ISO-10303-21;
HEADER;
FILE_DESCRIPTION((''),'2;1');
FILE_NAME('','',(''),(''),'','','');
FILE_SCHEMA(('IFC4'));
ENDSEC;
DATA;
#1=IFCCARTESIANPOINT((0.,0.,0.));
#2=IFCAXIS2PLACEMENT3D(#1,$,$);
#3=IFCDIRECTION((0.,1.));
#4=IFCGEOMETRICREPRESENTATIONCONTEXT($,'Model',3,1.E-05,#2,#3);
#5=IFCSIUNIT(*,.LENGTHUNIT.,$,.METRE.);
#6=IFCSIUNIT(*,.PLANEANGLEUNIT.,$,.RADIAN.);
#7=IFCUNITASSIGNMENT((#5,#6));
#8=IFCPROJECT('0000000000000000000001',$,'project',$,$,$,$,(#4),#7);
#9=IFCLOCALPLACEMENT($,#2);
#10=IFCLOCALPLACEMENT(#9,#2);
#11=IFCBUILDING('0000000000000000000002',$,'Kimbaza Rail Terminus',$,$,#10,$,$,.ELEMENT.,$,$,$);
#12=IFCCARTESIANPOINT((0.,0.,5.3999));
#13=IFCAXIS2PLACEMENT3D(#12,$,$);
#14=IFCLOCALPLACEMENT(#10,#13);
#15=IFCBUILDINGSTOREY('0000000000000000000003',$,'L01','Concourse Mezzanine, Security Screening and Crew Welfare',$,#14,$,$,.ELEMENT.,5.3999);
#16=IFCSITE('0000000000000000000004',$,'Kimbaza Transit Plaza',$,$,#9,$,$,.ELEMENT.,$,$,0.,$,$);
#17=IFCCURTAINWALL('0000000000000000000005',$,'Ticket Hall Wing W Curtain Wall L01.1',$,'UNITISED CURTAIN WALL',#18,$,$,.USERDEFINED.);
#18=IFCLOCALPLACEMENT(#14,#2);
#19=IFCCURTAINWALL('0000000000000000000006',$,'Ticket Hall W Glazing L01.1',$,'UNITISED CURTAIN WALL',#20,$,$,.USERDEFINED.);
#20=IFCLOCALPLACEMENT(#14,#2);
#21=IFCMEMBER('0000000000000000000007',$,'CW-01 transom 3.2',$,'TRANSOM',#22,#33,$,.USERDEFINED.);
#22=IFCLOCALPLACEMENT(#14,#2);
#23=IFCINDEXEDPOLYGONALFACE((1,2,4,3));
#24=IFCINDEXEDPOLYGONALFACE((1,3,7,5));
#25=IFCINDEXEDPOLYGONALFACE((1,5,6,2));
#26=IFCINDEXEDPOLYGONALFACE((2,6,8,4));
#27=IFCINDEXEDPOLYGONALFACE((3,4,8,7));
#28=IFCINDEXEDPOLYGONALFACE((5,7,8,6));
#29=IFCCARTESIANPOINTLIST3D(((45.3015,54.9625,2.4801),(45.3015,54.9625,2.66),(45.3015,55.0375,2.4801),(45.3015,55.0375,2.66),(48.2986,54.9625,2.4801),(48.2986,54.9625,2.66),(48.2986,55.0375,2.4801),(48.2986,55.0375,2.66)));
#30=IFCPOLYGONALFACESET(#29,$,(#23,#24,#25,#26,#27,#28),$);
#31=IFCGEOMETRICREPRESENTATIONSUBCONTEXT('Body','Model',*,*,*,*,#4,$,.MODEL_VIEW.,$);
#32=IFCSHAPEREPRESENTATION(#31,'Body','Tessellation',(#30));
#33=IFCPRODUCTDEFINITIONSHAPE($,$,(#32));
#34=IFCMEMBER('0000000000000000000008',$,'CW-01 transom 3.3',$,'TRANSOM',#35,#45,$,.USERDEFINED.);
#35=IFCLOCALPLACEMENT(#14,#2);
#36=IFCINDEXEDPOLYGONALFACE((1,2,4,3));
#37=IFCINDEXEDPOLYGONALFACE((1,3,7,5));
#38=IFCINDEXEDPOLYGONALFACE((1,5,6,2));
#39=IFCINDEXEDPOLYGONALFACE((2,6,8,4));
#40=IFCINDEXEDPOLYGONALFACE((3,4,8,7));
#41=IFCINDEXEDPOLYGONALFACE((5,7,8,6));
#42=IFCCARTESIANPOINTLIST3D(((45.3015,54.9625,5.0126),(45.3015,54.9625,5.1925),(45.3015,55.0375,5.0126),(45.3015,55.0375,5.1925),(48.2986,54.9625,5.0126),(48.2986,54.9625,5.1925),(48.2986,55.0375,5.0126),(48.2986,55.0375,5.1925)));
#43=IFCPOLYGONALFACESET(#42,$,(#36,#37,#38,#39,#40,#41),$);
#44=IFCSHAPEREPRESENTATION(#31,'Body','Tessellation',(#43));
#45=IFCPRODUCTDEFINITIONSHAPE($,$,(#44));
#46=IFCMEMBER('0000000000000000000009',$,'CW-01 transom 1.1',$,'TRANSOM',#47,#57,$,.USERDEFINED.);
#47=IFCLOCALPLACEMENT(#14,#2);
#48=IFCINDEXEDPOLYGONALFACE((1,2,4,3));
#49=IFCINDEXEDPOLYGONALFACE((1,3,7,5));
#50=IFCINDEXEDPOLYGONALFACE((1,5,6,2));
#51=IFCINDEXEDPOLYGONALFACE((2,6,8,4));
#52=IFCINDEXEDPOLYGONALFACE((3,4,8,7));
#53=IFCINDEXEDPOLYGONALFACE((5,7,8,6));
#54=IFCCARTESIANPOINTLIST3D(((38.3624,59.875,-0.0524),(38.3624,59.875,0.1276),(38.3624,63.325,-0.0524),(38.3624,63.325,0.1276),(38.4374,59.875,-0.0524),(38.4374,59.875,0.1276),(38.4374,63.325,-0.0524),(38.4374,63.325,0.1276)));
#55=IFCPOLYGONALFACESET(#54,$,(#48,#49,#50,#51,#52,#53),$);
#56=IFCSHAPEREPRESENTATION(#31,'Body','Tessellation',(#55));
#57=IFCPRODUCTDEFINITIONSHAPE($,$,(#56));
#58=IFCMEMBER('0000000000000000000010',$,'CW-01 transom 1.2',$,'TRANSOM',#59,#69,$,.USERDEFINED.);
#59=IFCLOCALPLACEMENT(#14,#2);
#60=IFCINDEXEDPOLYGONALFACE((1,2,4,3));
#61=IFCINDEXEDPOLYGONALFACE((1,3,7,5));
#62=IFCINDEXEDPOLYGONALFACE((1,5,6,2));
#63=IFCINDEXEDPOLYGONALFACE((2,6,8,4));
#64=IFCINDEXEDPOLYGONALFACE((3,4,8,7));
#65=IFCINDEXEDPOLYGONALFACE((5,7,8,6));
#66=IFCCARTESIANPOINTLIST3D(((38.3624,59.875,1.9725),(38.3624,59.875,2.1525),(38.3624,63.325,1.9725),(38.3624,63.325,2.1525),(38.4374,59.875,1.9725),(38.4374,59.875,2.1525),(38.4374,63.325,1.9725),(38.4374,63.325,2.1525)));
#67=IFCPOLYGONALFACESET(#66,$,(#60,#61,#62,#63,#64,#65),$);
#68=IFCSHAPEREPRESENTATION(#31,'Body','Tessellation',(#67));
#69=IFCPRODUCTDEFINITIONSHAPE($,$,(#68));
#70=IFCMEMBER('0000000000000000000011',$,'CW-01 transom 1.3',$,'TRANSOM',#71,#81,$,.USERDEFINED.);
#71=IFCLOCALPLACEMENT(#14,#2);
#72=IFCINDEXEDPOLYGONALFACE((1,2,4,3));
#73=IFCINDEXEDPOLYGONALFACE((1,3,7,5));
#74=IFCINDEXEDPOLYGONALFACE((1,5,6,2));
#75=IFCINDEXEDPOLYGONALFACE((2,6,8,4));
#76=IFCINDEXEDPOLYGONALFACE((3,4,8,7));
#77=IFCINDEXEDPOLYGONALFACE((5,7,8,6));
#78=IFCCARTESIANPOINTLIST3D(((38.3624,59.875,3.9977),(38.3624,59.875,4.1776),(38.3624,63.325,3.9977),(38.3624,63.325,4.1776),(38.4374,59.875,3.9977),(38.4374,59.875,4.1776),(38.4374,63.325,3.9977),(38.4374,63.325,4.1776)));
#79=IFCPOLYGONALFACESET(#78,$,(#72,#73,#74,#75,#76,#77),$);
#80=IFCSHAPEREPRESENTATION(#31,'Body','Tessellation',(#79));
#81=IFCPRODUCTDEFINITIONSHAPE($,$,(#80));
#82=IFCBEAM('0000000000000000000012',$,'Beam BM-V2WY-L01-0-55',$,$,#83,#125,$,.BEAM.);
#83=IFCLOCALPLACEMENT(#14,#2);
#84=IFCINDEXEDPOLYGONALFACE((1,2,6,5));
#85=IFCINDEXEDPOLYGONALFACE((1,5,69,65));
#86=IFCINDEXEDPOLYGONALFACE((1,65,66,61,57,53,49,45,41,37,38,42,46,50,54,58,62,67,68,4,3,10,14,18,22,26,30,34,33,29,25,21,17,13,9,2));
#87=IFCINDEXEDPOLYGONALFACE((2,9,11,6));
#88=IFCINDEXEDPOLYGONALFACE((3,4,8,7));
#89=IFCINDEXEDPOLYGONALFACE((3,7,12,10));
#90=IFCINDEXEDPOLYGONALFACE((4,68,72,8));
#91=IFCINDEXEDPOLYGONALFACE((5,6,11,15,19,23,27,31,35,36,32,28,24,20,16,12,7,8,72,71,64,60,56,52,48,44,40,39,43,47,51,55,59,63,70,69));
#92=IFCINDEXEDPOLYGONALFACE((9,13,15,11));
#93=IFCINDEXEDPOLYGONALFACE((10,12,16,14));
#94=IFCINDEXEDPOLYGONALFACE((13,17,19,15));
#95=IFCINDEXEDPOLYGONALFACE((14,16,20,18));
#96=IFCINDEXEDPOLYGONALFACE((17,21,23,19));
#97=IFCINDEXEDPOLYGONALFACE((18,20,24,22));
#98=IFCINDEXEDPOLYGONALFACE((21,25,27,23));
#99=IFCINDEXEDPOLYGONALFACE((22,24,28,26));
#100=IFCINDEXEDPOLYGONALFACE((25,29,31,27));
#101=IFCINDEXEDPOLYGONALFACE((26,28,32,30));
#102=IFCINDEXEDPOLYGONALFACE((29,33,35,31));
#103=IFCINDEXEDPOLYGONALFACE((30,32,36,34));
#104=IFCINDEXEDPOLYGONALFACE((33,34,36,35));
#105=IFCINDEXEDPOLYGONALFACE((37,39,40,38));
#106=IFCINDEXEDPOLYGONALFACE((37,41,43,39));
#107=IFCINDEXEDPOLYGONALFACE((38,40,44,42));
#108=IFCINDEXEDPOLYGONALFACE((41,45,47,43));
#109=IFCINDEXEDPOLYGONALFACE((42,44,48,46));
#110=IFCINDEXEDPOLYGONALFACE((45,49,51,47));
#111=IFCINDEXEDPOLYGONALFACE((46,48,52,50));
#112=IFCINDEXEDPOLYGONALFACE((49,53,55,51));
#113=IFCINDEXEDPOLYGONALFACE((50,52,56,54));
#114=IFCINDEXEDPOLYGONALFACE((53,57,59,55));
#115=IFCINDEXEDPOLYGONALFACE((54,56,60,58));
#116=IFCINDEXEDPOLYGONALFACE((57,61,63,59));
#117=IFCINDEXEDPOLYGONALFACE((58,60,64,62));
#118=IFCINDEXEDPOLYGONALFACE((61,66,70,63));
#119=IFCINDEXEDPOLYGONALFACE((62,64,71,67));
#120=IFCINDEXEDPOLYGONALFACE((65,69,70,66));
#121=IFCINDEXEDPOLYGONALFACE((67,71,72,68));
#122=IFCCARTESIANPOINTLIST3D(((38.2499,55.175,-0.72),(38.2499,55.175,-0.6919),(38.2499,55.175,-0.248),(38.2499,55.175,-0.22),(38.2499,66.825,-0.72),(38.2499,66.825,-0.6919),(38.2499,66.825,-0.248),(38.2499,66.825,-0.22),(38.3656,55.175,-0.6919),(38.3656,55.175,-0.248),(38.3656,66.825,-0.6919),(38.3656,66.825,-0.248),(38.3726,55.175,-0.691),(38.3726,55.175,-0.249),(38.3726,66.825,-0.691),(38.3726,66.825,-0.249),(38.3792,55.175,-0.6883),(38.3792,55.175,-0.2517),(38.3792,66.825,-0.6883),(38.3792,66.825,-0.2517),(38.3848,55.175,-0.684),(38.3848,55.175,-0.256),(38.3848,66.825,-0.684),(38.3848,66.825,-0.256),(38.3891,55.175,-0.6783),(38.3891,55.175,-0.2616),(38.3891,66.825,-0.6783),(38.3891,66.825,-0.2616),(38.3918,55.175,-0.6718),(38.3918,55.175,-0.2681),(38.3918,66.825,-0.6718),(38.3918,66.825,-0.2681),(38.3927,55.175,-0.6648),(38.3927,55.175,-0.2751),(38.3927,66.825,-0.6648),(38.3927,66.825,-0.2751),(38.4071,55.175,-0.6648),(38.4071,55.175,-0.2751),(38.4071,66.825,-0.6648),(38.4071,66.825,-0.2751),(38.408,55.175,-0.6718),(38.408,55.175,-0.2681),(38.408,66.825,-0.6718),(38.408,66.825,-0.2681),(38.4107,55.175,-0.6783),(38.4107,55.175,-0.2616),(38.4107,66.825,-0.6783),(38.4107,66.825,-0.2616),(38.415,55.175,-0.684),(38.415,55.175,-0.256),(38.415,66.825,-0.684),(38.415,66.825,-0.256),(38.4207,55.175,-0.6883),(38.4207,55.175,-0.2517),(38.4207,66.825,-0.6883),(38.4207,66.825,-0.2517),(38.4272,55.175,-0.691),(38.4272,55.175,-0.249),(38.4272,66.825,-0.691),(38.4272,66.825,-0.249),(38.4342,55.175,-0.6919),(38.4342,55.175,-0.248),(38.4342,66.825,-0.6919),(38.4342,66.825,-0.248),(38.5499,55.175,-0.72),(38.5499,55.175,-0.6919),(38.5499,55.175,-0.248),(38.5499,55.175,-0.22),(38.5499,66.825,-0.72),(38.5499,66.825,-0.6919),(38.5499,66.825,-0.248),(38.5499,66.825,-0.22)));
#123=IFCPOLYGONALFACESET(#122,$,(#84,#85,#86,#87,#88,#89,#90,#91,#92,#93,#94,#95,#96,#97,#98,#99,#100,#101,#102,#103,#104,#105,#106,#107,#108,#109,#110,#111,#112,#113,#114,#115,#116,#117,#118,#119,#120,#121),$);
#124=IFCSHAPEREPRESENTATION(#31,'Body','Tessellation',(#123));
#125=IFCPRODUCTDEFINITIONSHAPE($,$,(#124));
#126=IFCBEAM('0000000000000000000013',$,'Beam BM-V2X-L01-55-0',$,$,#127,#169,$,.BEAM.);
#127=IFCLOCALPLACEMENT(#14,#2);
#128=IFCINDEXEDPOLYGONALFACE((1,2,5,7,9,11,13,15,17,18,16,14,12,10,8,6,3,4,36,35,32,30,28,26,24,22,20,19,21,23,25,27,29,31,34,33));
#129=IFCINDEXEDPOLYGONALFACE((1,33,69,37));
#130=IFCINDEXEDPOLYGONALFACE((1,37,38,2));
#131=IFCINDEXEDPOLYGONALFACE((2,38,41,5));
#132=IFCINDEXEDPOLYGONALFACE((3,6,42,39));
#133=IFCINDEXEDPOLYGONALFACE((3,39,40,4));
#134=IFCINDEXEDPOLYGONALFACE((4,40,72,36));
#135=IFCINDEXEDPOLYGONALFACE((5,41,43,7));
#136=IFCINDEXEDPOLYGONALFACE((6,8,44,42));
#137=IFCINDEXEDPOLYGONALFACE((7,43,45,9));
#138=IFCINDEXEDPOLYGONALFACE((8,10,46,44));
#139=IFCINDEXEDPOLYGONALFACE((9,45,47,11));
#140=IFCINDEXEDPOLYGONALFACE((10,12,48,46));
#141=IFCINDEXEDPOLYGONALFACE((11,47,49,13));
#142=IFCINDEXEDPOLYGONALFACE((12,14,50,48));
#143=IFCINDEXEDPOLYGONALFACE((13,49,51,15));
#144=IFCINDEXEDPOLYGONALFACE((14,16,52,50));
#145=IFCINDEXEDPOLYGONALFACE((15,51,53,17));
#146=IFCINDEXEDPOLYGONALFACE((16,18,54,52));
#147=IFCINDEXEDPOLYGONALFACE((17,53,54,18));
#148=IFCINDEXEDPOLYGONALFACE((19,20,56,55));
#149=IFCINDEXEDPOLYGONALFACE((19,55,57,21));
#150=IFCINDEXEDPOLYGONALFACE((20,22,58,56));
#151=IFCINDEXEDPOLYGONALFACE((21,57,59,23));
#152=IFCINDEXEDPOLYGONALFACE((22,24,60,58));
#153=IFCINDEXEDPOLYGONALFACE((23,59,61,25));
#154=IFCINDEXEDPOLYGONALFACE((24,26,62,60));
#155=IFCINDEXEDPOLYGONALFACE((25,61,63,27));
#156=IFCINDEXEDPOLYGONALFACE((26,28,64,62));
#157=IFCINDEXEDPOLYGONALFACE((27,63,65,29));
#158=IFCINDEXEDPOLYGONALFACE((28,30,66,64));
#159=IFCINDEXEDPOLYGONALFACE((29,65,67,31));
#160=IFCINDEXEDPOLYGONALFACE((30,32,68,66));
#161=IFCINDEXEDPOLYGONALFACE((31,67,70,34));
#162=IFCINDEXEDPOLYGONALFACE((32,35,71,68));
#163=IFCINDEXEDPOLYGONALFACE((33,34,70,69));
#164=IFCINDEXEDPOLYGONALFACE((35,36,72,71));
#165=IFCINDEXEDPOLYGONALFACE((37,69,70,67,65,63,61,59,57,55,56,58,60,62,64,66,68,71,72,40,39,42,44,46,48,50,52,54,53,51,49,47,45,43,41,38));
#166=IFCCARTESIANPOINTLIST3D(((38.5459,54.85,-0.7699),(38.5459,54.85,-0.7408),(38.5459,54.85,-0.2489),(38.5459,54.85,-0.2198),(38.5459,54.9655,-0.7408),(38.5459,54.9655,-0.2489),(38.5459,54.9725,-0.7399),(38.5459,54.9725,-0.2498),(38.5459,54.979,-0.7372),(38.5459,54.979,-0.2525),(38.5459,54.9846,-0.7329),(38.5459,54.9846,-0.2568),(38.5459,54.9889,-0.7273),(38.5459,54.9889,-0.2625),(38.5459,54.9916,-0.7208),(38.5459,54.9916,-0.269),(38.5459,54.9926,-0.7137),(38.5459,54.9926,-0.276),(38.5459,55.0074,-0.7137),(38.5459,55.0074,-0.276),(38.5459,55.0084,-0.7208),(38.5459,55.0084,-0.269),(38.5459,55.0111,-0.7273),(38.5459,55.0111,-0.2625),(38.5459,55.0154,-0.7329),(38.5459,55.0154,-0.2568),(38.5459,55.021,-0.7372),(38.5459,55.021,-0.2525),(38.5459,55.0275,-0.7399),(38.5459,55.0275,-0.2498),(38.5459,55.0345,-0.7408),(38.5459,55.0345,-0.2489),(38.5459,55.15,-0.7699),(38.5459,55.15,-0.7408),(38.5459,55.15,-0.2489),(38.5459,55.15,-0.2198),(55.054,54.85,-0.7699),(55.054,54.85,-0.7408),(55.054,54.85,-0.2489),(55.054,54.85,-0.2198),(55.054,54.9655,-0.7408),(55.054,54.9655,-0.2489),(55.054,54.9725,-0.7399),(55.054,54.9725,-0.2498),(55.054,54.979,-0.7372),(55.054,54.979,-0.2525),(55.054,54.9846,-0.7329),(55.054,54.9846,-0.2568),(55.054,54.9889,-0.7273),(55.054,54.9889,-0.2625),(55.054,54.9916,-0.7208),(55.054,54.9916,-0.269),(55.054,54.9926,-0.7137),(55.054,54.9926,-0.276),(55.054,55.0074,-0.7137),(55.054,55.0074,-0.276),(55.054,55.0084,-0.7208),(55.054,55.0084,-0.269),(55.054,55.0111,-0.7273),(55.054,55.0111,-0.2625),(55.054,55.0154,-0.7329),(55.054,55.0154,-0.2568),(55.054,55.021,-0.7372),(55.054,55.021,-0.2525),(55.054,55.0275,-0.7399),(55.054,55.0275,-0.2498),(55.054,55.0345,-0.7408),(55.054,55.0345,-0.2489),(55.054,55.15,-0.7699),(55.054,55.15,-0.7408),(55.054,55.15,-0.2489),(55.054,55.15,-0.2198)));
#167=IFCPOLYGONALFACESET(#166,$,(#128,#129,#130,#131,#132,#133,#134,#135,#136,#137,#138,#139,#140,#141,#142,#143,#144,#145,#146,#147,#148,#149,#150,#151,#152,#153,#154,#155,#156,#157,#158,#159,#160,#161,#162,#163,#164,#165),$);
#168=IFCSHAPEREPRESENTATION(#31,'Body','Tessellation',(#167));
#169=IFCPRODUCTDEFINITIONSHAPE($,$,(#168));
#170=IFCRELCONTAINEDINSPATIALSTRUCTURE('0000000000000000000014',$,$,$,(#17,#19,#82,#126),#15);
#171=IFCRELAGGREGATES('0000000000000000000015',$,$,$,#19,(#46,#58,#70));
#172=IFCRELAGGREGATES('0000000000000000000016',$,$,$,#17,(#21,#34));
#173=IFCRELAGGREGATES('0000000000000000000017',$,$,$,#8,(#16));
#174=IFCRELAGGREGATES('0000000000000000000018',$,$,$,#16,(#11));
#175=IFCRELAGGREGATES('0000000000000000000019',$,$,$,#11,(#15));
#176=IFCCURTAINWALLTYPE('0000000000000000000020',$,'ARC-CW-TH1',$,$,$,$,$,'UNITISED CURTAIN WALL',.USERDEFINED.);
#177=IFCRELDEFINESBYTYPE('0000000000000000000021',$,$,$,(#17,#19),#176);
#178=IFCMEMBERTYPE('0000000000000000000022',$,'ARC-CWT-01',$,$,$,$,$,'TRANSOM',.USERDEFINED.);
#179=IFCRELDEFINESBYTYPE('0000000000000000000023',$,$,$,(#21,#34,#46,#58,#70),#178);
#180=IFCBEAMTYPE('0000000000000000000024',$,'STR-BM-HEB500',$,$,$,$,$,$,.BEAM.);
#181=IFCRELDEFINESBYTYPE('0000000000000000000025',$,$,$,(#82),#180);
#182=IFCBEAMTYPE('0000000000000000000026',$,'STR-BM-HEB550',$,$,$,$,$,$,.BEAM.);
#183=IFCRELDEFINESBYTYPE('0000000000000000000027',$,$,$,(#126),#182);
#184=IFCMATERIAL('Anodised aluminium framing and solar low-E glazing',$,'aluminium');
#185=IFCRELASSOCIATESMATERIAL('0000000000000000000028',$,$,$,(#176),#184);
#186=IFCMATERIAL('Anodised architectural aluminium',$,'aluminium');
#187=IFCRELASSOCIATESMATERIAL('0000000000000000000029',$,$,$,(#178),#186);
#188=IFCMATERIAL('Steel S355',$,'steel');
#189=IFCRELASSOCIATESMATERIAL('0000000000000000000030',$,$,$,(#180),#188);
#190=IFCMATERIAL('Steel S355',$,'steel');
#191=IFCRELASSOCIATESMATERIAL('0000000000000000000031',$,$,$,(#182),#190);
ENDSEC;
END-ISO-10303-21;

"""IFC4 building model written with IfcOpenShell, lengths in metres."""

from ifc_helpers import new_model, si_unit, direction, frame, origin, origin_2d, place, context, subcontext, project, spatial, rectangle, i_section, extrude, material, material_profile, profile_set, type_object, element, aggregate, save


model = new_model("IFC4")

# Units and contexts
model_context = context("Model", 3, precision=1e-05, world=origin(), true_north=direction((0.0, 1.0)))
body_context = subcontext(model_context, "Body", "Model", "MODEL_VIEW")
ifc_project = project(units=[si_unit("LENGTHUNIT", "METRE"), si_unit("PLANEANGLEUNIT", "RADIAN")], contexts=[model_context])

# Site, building, storey
site_placement = place(None, origin())
site = spatial("IfcSite", under=ifc_project, at=site_placement, Name="Kimbaza Transit Plaza", CompositionType="ELEMENT", RefElevation=0.0)
building_placement = place(site_placement, origin())
building = spatial("IfcBuilding", under=site, at=building_placement, Name="Kimbaza Rail Terminus", CompositionType="ELEMENT")
storey_placement = place(building_placement, frame((0.0, 0.0, 5.3999)))
storey = spatial("IfcBuildingStorey", under=building, at=storey_placement, Name="L01", Description="Concourse Mezzanine, Security Screening and Crew Welfare", CompositionType="ELEMENT", Elevation=5.3999)

# Curtain wall
ifc_material_1 = material(Name="Anodised aluminium framing and solar low-E glazing", Category="aluminium")
curtain_wall_type = type_object("IfcCurtainWallType", Name="ARC-CW-TH1", ElementType="UNITISED CURTAIN WALL", PredefinedType="USERDEFINED", material=ifc_material_1)
curtain_wall_1_placement = place(storey_placement, origin())
curtain_wall_1 = element("IfcCurtainWall", 1, at=curtain_wall_1_placement, inside=storey, type_object=curtain_wall_type, Name="Ticket Hall Wing W Curtain Wall L01.1", ObjectType="UNITISED CURTAIN WALL", PredefinedType="USERDEFINED")

# Curtain wall
curtain_wall_2_placement = place(storey_placement, origin())
curtain_wall_2 = element("IfcCurtainWall", 2, at=curtain_wall_2_placement, inside=storey, type_object=curtain_wall_type, Name="Ticket Hall W Glazing L01.1", ObjectType="UNITISED CURTAIN WALL", PredefinedType="USERDEFINED")

# Members
ifc_material_2 = material(Name="Anodised architectural aluminium", Category="aluminium")
ifc_material_profile_1 = material_profile(ifc_material_2, rectangle(XDim=0.075, YDim=0.1799, at=origin_2d()), Name="TRANSOM 75x180")
ifc_profile_set_1 = profile_set([ifc_material_profile_1], Name="Anodised architectural aluminium")
member_type_1 = type_object("IfcMemberType", Name="ARC-CWT-01", ElementType="TRANSOM", PredefinedType="USERDEFINED", material=ifc_profile_set_1)
member_1_placement = place(storey_placement, frame((45.3015, 55.0, 2.5701), z_axis=(1.0, 0.0, 0.0), x_axis=(0.0, 1.0, 0.0)))
member_1 = element("IfcMember", 3, at=member_1_placement, type_object=member_type_1, Name="CW-01 transom 3.2", ObjectType="TRANSOM", PredefinedType="USERDEFINED", context=body_context, shape_type="SweptSolid", body=[
    extrude(rectangle(XDim=0.075, YDim=0.1799, at=origin_2d()), origin(), (0.0, 0.0, 1.0), 2.9971),
])
member_2_placement = place(storey_placement, frame((45.3015, 55.0, 5.1025), z_axis=(1.0, 0.0, 0.0), x_axis=(0.0, 1.0, 0.0)))
member_2 = element("IfcMember", 4, at=member_2_placement, type_object=member_type_1, Name="CW-01 transom 3.3", ObjectType="TRANSOM", PredefinedType="USERDEFINED", context=body_context, shape_type="SweptSolid", body=[
    extrude(rectangle(XDim=0.075, YDim=0.1799, at=origin_2d()), origin(), (0.0, 0.0, 1.0), 2.9971),
])
member_3_placement = place(storey_placement, frame((38.3999, 59.875, 0.0376), z_axis=(0.0, 1.0, 0.0), x_axis=(-1.0, 0.0, 0.0)))
member_3 = element("IfcMember", 5, at=member_3_placement, type_object=member_type_1, Name="CW-01 transom 1.1", ObjectType="TRANSOM", PredefinedType="USERDEFINED", context=body_context, shape_type="SweptSolid", body=[
    extrude(rectangle(XDim=0.075, YDim=0.1799, at=origin_2d()), origin(), (0.0, 0.0, 1.0), 3.45),
])
member_4_placement = place(storey_placement, frame((38.3999, 59.875, 2.0625), z_axis=(0.0, 1.0, 0.0), x_axis=(-1.0, 0.0, 0.0)))
member_4 = element("IfcMember", 6, at=member_4_placement, type_object=member_type_1, Name="CW-01 transom 1.2", ObjectType="TRANSOM", PredefinedType="USERDEFINED", context=body_context, shape_type="SweptSolid", body=[
    extrude(rectangle(XDim=0.075, YDim=0.1799, at=origin_2d()), origin(), (0.0, 0.0, 1.0), 3.45),
])
member_5_placement = place(storey_placement, frame((38.3999, 59.875, 4.0876), z_axis=(0.0, 1.0, 0.0), x_axis=(-1.0, 0.0, 0.0)))
member_5 = element("IfcMember", 7, at=member_5_placement, type_object=member_type_1, Name="CW-01 transom 1.3", ObjectType="TRANSOM", PredefinedType="USERDEFINED", context=body_context, shape_type="SweptSolid", body=[
    extrude(rectangle(XDim=0.075, YDim=0.1799, at=origin_2d()), origin(), (0.0, 0.0, 1.0), 3.45),
])
aggregate(curtain_wall_2, [member_3, member_4, member_5])

# Beams
ifc_material_3 = material(Name="Steel S355", Category="steel")
ifc_material_profile_2 = material_profile(ifc_material_3, i_section(OverallWidth=0.3, OverallDepth=0.5, WebThickness=0.0144, FlangeThickness=0.0281, FilletRadius=0.0271, at=origin_2d()), Name="HEB 500")
ifc_profile_set_2 = profile_set([ifc_material_profile_2], Name="Steel S355")
beam_type_1 = type_object("IfcBeamType", Name="STR-BM-HEB500", PredefinedType="BEAM", material=ifc_profile_set_2)
beam_1_placement = place(storey_placement, frame((38.3999, 55.175, -0.47), z_axis=(0.0, 1.0, 0.0), x_axis=(-1.0, 0.0, 0.0)))
element("IfcBeam", 8, at=beam_1_placement, inside=storey, type_object=beam_type_1, Name="Beam BM-V2WY-L01-0-55", PredefinedType="BEAM", context=body_context, shape_type="SweptSolid", body=[
    extrude(i_section(OverallWidth=0.3, OverallDepth=0.5, WebThickness=0.0144, FlangeThickness=0.0281, FilletRadius=0.0271, at=origin_2d()), origin(), (0.0, 0.0, 1.0), 11.6499),
])
ifc_material_4 = material(Name="Steel S355", Category="steel")
ifc_material_profile_3 = material_profile(ifc_material_4, i_section(OverallWidth=0.3, OverallDepth=0.55, WebThickness=0.0149, FlangeThickness=0.0291, FilletRadius=0.0271, at=origin_2d()), Name="HEB 550")
ifc_profile_set_3 = profile_set([ifc_material_profile_3], Name="Steel S355")
beam_type_2 = type_object("IfcBeamType", Name="STR-BM-HEB550", PredefinedType="BEAM", material=ifc_profile_set_3)
beam_2_placement = place(storey_placement, frame((38.5459, 55.0, -0.4949), z_axis=(1.0, 0.0, 0.0), x_axis=(0.0, 1.0, 0.0)))
element("IfcBeam", 9, at=beam_2_placement, inside=storey, type_object=beam_type_2, Name="Beam BM-V2X-L01-55-0", PredefinedType="BEAM", context=body_context, shape_type="SweptSolid", body=[
    extrude(i_section(OverallWidth=0.3, OverallDepth=0.55, WebThickness=0.0149, FlangeThickness=0.0291, FilletRadius=0.0271, at=origin_2d()), origin(), (0.0, 0.0, 1.0), 16.5081),
])

aggregate(curtain_wall_1, [member_1, member_2])

save(model, "model.ifc")
